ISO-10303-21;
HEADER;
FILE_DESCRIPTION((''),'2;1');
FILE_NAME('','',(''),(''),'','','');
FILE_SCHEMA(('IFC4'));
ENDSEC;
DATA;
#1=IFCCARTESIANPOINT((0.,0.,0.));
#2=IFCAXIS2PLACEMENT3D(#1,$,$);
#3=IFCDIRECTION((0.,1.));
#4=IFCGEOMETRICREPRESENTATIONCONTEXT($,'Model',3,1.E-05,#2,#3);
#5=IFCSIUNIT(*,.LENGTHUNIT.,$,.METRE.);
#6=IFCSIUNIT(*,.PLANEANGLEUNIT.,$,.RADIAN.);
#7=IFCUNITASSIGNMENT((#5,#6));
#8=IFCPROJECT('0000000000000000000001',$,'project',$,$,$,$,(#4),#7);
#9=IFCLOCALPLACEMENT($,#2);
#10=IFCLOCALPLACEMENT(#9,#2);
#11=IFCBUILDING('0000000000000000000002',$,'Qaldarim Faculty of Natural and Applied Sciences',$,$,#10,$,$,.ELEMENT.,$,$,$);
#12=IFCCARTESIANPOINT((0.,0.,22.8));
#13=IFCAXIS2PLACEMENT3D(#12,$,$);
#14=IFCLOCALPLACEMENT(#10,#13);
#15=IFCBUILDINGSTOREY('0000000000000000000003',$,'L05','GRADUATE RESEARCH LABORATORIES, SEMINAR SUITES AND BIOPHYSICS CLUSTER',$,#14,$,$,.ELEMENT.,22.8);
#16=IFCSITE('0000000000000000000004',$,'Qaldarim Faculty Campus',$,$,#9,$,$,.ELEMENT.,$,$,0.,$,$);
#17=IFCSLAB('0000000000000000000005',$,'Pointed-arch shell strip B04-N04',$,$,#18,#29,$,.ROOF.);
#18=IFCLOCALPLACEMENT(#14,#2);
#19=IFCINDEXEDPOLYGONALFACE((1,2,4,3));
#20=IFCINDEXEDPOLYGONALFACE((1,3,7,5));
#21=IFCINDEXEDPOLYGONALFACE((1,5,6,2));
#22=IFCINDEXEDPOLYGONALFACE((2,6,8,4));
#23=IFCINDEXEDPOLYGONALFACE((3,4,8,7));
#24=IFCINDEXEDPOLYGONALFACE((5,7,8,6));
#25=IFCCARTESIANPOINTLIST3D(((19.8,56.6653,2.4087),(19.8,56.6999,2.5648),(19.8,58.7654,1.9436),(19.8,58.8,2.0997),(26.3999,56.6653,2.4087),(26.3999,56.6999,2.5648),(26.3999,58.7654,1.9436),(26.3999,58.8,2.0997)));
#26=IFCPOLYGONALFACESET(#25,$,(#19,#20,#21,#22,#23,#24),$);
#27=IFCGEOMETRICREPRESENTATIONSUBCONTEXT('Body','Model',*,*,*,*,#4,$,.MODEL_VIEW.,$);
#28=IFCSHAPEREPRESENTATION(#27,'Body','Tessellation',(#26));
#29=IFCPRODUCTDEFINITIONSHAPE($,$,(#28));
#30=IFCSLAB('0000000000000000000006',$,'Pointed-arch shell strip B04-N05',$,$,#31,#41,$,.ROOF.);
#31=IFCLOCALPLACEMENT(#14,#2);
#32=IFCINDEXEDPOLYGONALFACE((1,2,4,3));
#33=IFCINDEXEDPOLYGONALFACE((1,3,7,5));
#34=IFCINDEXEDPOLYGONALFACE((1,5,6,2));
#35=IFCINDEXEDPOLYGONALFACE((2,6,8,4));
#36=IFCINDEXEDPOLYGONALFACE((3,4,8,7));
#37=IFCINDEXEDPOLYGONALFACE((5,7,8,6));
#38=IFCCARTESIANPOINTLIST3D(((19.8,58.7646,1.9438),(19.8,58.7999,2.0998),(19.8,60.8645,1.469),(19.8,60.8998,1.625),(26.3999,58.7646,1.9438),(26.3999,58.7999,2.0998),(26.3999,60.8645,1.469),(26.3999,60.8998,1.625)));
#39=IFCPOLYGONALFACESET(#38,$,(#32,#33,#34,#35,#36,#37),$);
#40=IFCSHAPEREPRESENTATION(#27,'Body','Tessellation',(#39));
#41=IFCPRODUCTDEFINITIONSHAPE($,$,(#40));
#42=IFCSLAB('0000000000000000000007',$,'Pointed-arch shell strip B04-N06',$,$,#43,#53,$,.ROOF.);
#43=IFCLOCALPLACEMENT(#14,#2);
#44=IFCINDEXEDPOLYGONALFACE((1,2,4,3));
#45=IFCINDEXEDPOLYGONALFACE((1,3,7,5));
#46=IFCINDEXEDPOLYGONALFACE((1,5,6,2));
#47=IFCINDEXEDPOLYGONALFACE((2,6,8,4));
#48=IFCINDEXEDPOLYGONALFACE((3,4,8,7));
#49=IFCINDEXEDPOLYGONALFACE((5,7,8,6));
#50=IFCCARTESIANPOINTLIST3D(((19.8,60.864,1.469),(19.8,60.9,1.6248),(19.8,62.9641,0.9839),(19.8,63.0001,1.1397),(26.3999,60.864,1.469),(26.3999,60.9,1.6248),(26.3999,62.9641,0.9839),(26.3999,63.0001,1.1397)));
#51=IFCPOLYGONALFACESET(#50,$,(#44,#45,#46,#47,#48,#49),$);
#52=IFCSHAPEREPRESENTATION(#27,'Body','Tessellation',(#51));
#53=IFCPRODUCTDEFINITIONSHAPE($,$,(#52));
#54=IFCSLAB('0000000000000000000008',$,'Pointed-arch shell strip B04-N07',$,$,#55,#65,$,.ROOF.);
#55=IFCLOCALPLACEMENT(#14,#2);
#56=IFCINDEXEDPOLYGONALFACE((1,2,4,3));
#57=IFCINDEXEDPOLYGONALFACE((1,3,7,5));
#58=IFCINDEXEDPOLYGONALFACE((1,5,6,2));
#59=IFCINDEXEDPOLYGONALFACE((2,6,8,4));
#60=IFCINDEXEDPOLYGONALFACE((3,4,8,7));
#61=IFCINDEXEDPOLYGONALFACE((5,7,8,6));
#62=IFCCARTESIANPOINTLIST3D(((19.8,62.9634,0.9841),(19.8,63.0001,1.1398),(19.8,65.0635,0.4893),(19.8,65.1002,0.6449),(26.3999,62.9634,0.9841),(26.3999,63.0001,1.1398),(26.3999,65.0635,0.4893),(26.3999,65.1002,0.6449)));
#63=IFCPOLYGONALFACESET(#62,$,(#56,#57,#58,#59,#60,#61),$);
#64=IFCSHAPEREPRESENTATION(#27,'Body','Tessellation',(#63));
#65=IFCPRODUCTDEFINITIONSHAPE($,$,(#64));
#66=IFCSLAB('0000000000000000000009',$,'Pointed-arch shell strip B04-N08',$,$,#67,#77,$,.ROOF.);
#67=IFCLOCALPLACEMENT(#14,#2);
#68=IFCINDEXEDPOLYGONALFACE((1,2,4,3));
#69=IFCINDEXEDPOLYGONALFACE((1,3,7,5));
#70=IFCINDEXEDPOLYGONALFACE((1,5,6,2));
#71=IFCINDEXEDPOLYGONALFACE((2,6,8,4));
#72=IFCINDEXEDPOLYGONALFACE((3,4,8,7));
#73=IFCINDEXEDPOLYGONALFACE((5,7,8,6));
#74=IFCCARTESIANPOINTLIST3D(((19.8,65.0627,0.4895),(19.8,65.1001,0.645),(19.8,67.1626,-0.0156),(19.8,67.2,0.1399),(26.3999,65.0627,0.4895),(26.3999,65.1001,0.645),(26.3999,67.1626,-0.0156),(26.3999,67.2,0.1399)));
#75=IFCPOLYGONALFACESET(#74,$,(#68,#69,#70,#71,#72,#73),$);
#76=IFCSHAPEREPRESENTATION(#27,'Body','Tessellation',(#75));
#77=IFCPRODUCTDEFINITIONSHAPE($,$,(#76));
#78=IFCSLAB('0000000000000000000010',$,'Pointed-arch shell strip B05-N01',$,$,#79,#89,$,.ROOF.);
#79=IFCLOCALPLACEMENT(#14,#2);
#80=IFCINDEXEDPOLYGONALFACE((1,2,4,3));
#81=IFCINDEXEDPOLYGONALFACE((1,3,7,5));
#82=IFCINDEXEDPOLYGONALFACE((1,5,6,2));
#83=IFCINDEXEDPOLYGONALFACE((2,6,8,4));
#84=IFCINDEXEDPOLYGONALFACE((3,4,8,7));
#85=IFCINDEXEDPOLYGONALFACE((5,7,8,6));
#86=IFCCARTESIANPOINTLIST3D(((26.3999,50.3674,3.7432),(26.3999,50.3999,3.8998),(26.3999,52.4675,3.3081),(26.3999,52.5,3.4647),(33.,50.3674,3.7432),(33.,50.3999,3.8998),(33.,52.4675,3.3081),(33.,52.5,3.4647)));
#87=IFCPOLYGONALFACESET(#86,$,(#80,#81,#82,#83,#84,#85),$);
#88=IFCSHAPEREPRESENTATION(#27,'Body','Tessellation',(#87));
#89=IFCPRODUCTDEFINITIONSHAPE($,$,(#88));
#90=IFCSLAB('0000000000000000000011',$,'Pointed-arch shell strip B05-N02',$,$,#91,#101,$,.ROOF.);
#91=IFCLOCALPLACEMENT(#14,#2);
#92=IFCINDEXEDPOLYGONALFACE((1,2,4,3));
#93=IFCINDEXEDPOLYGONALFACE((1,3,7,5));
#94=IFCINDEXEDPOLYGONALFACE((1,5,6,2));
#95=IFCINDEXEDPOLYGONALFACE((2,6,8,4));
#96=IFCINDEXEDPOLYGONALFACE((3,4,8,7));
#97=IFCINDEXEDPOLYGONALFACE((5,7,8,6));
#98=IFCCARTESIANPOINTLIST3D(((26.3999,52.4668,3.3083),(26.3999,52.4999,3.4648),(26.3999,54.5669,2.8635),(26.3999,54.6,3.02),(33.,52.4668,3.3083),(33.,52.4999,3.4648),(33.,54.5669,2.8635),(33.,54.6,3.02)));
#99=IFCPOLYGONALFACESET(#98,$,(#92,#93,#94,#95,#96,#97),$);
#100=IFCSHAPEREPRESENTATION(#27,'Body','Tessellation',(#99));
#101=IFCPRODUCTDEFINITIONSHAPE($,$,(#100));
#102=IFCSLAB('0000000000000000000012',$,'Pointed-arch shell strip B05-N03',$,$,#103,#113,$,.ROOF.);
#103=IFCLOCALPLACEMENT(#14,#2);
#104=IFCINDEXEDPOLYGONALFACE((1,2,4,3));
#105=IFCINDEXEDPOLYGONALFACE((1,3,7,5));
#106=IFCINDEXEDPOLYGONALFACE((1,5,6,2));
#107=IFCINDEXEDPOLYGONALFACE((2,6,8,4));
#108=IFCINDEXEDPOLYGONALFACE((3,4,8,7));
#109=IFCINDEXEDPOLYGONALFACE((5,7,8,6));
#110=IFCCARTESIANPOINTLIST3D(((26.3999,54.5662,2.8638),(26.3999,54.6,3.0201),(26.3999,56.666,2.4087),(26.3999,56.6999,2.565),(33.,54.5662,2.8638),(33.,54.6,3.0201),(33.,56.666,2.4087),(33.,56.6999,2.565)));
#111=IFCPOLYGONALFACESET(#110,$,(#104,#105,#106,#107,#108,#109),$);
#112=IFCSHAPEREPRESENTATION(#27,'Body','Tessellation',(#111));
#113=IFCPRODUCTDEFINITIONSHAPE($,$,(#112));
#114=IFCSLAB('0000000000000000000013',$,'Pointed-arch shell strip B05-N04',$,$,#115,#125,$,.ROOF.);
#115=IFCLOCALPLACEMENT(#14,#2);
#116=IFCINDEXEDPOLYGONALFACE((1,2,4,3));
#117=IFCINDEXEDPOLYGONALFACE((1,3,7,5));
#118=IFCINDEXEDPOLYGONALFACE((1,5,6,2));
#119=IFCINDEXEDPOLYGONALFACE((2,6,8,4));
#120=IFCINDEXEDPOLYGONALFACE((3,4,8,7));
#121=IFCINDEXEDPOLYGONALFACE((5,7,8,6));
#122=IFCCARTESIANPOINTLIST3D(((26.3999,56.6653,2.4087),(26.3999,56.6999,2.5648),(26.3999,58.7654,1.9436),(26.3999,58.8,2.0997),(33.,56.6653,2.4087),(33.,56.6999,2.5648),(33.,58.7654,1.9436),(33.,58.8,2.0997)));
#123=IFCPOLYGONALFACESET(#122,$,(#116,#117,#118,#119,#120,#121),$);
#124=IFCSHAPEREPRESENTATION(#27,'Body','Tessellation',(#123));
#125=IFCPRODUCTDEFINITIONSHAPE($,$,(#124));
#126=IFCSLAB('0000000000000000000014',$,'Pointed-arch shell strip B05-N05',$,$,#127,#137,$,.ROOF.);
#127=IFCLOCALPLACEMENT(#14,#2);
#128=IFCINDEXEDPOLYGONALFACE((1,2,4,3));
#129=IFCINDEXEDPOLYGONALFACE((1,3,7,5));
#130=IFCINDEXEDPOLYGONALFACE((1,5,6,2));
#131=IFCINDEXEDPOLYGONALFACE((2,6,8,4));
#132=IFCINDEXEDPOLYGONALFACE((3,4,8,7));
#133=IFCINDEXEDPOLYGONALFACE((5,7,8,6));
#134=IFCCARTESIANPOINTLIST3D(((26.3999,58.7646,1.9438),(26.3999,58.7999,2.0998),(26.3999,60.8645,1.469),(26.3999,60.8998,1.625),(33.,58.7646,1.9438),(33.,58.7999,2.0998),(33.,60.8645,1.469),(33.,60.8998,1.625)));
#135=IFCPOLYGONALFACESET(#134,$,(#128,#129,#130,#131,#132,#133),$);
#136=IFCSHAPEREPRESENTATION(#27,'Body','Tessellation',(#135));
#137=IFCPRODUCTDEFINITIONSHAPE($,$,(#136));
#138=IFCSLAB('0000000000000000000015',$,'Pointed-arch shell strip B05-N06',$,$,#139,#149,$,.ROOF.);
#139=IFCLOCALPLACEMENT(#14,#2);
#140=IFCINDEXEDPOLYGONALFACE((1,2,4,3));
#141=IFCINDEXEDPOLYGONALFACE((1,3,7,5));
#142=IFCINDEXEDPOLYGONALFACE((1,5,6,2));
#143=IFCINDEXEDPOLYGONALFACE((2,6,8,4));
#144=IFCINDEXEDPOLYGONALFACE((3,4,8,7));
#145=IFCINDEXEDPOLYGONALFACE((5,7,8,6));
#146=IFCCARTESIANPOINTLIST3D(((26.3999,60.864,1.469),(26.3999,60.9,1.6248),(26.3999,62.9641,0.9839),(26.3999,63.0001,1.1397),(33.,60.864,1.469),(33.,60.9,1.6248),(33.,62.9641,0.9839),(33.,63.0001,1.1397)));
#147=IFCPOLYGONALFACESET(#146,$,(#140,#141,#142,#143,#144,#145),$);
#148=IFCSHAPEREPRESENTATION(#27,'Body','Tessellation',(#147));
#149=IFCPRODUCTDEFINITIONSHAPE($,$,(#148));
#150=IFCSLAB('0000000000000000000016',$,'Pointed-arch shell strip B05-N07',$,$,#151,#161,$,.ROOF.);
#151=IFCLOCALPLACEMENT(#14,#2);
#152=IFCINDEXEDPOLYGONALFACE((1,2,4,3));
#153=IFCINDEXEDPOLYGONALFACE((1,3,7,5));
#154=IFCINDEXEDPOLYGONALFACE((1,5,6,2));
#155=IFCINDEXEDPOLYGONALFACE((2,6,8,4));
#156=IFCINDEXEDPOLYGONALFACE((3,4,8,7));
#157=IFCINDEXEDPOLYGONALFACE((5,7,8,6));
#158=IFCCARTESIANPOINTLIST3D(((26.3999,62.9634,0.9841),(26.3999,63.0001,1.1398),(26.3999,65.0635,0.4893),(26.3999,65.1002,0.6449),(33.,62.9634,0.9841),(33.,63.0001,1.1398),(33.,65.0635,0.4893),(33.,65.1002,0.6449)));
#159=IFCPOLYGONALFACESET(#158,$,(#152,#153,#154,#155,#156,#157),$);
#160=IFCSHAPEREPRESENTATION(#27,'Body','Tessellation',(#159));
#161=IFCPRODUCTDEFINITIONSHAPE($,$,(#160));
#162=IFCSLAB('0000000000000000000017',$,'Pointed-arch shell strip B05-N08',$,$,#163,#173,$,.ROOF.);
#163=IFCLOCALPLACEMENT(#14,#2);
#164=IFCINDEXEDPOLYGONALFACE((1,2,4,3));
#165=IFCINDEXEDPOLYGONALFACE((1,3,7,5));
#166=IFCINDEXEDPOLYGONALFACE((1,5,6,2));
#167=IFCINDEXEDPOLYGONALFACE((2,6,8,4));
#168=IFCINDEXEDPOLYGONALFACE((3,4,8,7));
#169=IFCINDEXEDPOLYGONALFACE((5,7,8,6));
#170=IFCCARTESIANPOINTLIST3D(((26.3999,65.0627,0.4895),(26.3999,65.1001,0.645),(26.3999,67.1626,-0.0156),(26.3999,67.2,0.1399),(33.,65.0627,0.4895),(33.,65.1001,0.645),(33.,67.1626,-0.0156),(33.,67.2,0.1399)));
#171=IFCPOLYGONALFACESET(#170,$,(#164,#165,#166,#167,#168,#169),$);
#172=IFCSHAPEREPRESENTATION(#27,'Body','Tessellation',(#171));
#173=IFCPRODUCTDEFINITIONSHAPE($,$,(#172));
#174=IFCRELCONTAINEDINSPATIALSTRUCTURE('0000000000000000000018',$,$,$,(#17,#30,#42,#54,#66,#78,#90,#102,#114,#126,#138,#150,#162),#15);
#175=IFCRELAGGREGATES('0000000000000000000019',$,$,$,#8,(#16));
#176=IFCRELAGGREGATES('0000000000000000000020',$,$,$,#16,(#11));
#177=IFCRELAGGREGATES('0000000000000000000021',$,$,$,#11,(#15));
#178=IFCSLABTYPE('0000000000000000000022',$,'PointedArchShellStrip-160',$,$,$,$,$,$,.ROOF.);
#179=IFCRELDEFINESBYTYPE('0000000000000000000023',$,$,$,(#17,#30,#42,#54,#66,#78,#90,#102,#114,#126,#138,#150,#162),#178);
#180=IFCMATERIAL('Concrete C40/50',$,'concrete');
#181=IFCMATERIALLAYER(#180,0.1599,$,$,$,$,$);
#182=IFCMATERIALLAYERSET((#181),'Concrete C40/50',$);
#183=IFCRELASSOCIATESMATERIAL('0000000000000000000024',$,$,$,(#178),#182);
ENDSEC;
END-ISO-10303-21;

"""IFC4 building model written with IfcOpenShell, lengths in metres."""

from ifc_helpers import new_model, si_unit, direction, frame, origin, place, context, subcontext, project, spatial, polyline, outline, extrude, material, layer, layer_set, type_object, element, save


model = new_model("IFC4")

# Units and contexts
model_context = context("Model", 3, precision=1e-05, world=origin(), true_north=direction((0.0, 1.0)))
body_context = subcontext(model_context, "Body", "Model", "MODEL_VIEW")
ifc_project = project(units=[si_unit("LENGTHUNIT", "METRE"), si_unit("PLANEANGLEUNIT", "RADIAN")], contexts=[model_context])

# Site, building, storey
site_placement = place(None, origin())
site = spatial("IfcSite", under=ifc_project, at=site_placement, Name="Qaldarim Faculty Campus", CompositionType="ELEMENT", RefElevation=0.0)
building_placement = place(site_placement, origin())
building = spatial("IfcBuilding", under=site, at=building_placement, Name="Qaldarim Faculty of Natural and Applied Sciences", CompositionType="ELEMENT")
storey_placement = place(building_placement, frame((0.0, 0.0, 22.8)))
storey = spatial("IfcBuildingStorey", under=building, at=storey_placement, Name="L05", Description="GRADUATE RESEARCH LABORATORIES, SEMINAR SUITES AND BIOPHYSICS CLUSTER", CompositionType="ELEMENT", Elevation=22.8)

# Slabs
ifc_material_1 = material(Name="Concrete C40/50", Category="concrete")
ifc_layer = layer(ifc_material_1, 0.1599)
ifc_layer_set = layer_set([ifc_layer], Name="Concrete C40/50")
slab_type = type_object("IfcSlabType", Name="PointedArchShellStrip-160", PredefinedType="ROOF", material=ifc_layer_set)
slab_1_placement = place(storey_placement, frame((19.8, 56.6653, 2.4087), z_axis=(0.0, 0.216221, 0.976344), x_axis=(1.0, 0.0, 0.0)))
element("IfcSlab", 1, at=slab_1_placement, inside=storey, type_object=slab_type, Name="Pointed-arch shell strip B04-N04", PredefinedType="ROOF", context=body_context, shape_type="SweptSolid", body=[
    extrude(outline(polyline([(0.0, 0.0), (6.5999, 0.0), (6.5999, 2.151), (0.0, 2.151), (0.0, 0.0)])), origin(), (0.0, 0.0, 1.0), 0.1599),
])
slab_2_placement = place(storey_placement, frame((19.8, 58.7646, 1.9438), z_axis=(0.0, 0.220567, 0.975372), x_axis=(1.0, 0.0, 0.0)))
element("IfcSlab", 2, at=slab_2_placement, inside=storey, type_object=slab_type, Name="Pointed-arch shell strip B04-N05", PredefinedType="ROOF", context=body_context, shape_type="SweptSolid", body=[
    extrude(outline(polyline([(0.0, 0.0), (6.5999, 0.0), (6.5999, 2.1529), (0.0, 2.1529), (0.0, 0.0)])), origin(), (0.0, 0.0, 1.0), 0.1599),
])
slab_3_placement = place(storey_placement, frame((19.8, 60.864, 1.469), z_axis=(0.0, 0.225066, 0.974343), x_axis=(1.0, 0.0, 0.0)))
element("IfcSlab", 3, at=slab_3_placement, inside=storey, type_object=slab_type, Name="Pointed-arch shell strip B04-N06", PredefinedType="ROOF", context=body_context, shape_type="SweptSolid", body=[
    extrude(outline(polyline([(0.0, 0.0), (6.5999, 0.0), (6.5999, 2.1554), (0.0, 2.1554), (0.0, 0.0)])), origin(), (0.0, 0.0, 1.0), 0.1599),
])
slab_4_placement = place(storey_placement, frame((19.8, 62.9634, 0.9841), z_axis=(0.0, 0.229361, 0.973341), x_axis=(1.0, 0.0, 0.0)))
element("IfcSlab", 4, at=slab_4_placement, inside=storey, type_object=slab_type, Name="Pointed-arch shell strip B04-N07", PredefinedType="ROOF", context=body_context, shape_type="SweptSolid", body=[
    extrude(outline(polyline([(0.0, 0.0), (6.5999, 0.0), (6.5999, 2.1576), (0.0, 2.1576), (0.0, 0.0)])), origin(), (0.0, 0.0, 1.0), 0.1599),
])
slab_5_placement = place(storey_placement, frame((19.8, 65.0627, 0.4895), z_axis=(0.0, 0.233882, 0.972265), x_axis=(1.0, 0.0, 0.0)))
element("IfcSlab", 5, at=slab_5_placement, inside=storey, type_object=slab_type, Name="Pointed-arch shell strip B04-N08", PredefinedType="ROOF", context=body_context, shape_type="SweptSolid", body=[
    extrude(outline(polyline([(0.0, 0.0), (6.5999, 0.0), (6.5999, 2.1598), (0.0, 2.1598), (0.0, 0.0)])), origin(), (0.0, 0.0, 1.0), 0.1599),
])
slab_6_placement = place(storey_placement, frame((26.3999, 50.3674, 3.7432), z_axis=(0.0, 0.202854, 0.979209), x_axis=(1.0, 0.0, 0.0)))
element("IfcSlab", 6, at=slab_6_placement, inside=storey, type_object=slab_type, Name="Pointed-arch shell strip B05-N01", PredefinedType="ROOF", context=body_context, shape_type="SweptSolid", body=[
    extrude(outline(polyline([(0.0, 0.0), (6.6001, 0.0), (6.6001, 2.1447), (0.0, 2.1447), (0.0, 0.0)])), origin(), (0.0, 0.0, 1.0), 0.1599),
])
slab_7_placement = place(storey_placement, frame((26.3999, 52.4668, 3.3083), z_axis=(0.0, 0.207214, 0.978296), x_axis=(1.0, 0.0, 0.0)))
element("IfcSlab", 7, at=slab_7_placement, inside=storey, type_object=slab_type, Name="Pointed-arch shell strip B05-N02", PredefinedType="ROOF", context=body_context, shape_type="SweptSolid", body=[
    extrude(outline(polyline([(0.0, 0.0), (6.6001, 0.0), (6.6001, 2.1467), (0.0, 2.1467), (0.0, 0.0)])), origin(), (0.0, 0.0, 1.0), 0.1599),
])
slab_8_placement = place(storey_placement, frame((26.3999, 54.5662, 2.8638), z_axis=(0.0, 0.211802, 0.977313), x_axis=(1.0, 0.0, 0.0)))
element("IfcSlab", 8, at=slab_8_placement, inside=storey, type_object=slab_type, Name="Pointed-arch shell strip B05-N03", PredefinedType="ROOF", context=body_context, shape_type="SweptSolid", body=[
    extrude(outline(polyline([(0.0, 0.0), (6.6001, 0.0), (6.6001, 2.1486), (0.0, 2.1486), (0.0, 0.0)])), origin(), (0.0, 0.0, 1.0), 0.1599),
])
slab_9_placement = place(storey_placement, frame((26.3999, 56.6653, 2.4087), z_axis=(0.0, 0.216221, 0.976344), x_axis=(1.0, 0.0, 0.0)))
element("IfcSlab", 9, at=slab_9_placement, inside=storey, type_object=slab_type, Name="Pointed-arch shell strip B05-N04", PredefinedType="ROOF", context=body_context, shape_type="SweptSolid", body=[
    extrude(outline(polyline([(0.0, 0.0), (6.6001, 0.0), (6.6001, 2.151), (0.0, 2.151), (0.0, 0.0)])), origin(), (0.0, 0.0, 1.0), 0.1599),
])
slab_10_placement = place(storey_placement, frame((26.3999, 58.7646, 1.9438), z_axis=(0.0, 0.220567, 0.975372), x_axis=(1.0, 0.0, 0.0)))
element("IfcSlab", 10, at=slab_10_placement, inside=storey, type_object=slab_type, Name="Pointed-arch shell strip B05-N05", PredefinedType="ROOF", context=body_context, shape_type="SweptSolid", body=[
    extrude(outline(polyline([(0.0, 0.0), (6.6001, 0.0), (6.6001, 2.1529), (0.0, 2.1529), (0.0, 0.0)])), origin(), (0.0, 0.0, 1.0), 0.1599),
])
slab_11_placement = place(storey_placement, frame((26.3999, 60.864, 1.469), z_axis=(0.0, 0.225066, 0.974343), x_axis=(1.0, 0.0, 0.0)))
element("IfcSlab", 11, at=slab_11_placement, inside=storey, type_object=slab_type, Name="Pointed-arch shell strip B05-N06", PredefinedType="ROOF", context=body_context, shape_type="SweptSolid", body=[
    extrude(outline(polyline([(0.0, 0.0), (6.6001, 0.0), (6.6001, 2.1554), (0.0, 2.1554), (0.0, 0.0)])), origin(), (0.0, 0.0, 1.0), 0.1599),
])
slab_12_placement = place(storey_placement, frame((26.3999, 62.9634, 0.9841), z_axis=(0.0, 0.229361, 0.973341), x_axis=(1.0, 0.0, 0.0)))
element("IfcSlab", 12, at=slab_12_placement, inside=storey, type_object=slab_type, Name="Pointed-arch shell strip B05-N07", PredefinedType="ROOF", context=body_context, shape_type="SweptSolid", body=[
    extrude(outline(polyline([(0.0, 0.0), (6.6001, 0.0), (6.6001, 2.1576), (0.0, 2.1576), (0.0, 0.0)])), origin(), (0.0, 0.0, 1.0), 0.1599),
])
slab_13_placement = place(storey_placement, frame((26.3999, 65.0627, 0.4895), z_axis=(0.0, 0.233882, 0.972265), x_axis=(1.0, 0.0, 0.0)))
element("IfcSlab", 13, at=slab_13_placement, inside=storey, type_object=slab_type, Name="Pointed-arch shell strip B05-N08", PredefinedType="ROOF", context=body_context, shape_type="SweptSolid", body=[
    extrude(outline(polyline([(0.0, 0.0), (6.6001, 0.0), (6.6001, 2.1598), (0.0, 2.1598), (0.0, 0.0)])), origin(), (0.0, 0.0, 1.0), 0.1599),
])

save(model, "model.ifc")
